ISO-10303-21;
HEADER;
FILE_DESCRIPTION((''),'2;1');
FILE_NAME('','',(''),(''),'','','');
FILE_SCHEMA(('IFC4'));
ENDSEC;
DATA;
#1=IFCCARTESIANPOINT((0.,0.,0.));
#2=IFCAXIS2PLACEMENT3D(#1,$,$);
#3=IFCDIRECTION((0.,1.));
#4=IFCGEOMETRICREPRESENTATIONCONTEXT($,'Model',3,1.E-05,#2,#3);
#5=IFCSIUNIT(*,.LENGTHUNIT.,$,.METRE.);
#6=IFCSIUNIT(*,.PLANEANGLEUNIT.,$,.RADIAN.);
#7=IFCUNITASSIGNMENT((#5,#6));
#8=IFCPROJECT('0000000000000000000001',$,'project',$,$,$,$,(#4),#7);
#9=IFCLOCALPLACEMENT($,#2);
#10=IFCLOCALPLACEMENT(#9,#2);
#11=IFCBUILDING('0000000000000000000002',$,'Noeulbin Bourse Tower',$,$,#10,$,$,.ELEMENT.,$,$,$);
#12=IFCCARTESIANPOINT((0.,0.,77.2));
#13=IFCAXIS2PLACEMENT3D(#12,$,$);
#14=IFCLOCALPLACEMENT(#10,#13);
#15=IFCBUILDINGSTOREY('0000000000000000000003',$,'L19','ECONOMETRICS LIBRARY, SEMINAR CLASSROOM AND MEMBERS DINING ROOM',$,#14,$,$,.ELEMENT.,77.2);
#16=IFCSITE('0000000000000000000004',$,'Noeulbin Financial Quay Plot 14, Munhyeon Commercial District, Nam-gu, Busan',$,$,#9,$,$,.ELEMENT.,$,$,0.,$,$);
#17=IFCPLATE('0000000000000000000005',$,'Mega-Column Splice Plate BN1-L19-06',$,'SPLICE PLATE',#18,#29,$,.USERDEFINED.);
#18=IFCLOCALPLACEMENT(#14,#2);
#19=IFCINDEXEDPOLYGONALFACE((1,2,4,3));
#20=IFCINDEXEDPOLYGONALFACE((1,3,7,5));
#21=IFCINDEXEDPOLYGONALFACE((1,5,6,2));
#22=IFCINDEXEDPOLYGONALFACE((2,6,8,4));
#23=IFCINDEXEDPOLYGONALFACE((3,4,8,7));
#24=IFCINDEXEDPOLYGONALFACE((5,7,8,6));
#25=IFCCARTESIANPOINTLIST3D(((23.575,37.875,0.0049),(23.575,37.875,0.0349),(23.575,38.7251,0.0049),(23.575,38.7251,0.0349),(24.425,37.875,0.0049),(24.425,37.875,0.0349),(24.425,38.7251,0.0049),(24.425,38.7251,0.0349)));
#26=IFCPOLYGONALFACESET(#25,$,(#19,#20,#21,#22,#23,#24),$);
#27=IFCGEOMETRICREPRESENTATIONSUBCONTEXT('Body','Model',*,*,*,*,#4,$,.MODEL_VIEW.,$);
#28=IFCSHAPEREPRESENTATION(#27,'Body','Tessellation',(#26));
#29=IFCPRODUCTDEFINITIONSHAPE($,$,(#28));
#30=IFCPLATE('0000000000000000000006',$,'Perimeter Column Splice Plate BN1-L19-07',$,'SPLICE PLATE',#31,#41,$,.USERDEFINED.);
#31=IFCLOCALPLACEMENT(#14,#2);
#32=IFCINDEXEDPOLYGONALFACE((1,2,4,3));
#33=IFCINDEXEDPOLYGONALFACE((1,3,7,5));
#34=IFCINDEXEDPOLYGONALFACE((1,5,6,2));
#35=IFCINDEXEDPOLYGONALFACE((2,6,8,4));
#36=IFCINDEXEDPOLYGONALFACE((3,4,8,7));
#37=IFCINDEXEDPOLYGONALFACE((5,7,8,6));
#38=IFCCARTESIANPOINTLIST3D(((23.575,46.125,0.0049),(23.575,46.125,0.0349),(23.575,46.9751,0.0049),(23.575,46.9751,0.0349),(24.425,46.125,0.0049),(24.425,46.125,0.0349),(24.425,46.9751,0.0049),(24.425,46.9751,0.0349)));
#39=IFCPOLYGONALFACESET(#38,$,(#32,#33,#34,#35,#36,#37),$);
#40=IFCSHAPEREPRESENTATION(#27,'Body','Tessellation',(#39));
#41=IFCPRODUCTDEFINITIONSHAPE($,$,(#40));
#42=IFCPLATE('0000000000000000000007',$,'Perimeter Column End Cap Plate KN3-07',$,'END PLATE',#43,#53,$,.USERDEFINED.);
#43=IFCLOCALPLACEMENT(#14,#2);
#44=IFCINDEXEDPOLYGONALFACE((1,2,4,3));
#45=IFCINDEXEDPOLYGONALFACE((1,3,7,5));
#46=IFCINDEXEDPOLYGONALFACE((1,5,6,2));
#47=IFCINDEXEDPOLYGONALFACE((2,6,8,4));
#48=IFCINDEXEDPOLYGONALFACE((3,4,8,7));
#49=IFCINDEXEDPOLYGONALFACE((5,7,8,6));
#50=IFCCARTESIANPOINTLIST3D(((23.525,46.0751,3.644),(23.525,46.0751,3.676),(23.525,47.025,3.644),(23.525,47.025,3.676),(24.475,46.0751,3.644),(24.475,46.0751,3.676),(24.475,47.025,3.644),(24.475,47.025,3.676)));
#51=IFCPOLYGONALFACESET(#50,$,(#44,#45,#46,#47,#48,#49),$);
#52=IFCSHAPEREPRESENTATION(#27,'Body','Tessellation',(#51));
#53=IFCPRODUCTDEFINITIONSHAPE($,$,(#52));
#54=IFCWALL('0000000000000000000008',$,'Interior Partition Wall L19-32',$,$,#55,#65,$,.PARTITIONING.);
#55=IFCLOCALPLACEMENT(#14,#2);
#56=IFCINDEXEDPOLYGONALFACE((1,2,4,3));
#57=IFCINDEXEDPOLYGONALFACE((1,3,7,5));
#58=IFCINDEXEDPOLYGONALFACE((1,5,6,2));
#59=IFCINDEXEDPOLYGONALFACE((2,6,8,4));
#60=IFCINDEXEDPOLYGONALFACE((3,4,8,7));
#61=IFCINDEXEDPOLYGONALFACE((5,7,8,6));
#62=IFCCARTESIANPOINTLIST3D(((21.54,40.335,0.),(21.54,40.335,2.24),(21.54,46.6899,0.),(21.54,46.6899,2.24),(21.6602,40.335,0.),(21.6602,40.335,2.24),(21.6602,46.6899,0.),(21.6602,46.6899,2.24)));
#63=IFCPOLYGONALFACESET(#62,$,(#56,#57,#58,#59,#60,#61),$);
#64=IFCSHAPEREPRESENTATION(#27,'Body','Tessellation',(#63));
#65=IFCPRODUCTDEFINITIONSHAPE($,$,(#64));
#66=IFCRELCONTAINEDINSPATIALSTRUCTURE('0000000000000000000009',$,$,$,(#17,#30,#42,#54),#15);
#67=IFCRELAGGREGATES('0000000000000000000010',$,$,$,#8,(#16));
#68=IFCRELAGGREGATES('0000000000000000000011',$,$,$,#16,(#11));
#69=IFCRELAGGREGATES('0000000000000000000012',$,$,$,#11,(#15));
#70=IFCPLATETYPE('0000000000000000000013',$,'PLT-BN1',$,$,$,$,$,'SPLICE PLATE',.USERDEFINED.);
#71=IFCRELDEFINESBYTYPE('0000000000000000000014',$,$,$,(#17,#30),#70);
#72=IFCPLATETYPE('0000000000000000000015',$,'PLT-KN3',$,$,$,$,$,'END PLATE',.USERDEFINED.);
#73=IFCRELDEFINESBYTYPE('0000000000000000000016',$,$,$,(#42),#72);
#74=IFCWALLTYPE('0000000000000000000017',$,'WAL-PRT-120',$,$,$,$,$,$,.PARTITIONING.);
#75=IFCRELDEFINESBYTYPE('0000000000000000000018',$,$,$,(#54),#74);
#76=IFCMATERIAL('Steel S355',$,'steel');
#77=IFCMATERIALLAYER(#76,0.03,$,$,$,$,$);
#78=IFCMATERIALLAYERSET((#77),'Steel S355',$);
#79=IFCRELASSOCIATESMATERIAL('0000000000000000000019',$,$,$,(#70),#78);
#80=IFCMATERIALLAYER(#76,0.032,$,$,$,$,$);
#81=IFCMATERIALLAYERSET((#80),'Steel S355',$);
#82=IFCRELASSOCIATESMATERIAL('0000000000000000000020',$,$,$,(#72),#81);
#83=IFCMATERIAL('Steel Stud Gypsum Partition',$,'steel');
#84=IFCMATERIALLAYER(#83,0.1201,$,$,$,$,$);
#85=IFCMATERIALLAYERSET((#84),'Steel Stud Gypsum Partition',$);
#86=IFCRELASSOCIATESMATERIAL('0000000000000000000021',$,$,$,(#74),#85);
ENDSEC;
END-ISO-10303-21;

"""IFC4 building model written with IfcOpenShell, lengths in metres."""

from ifc_helpers import new_model, si_unit, direction, frame, frame_2d, origin, origin_2d, place, context, subcontext, project, spatial, rectangle, extrude, material, layer, layer_set, type_object, element, save


model = new_model("IFC4")

# Units and contexts
model_context = context("Model", 3, precision=1e-05, world=origin(), true_north=direction((0.0, 1.0)))
body_context = subcontext(model_context, "Body", "Model", "MODEL_VIEW")
ifc_project = project(units=[si_unit("LENGTHUNIT", "METRE"), si_unit("PLANEANGLEUNIT", "RADIAN")], contexts=[model_context])

# Site, building, storey
site_placement = place(None, origin())
site = spatial("IfcSite", under=ifc_project, at=site_placement, Name="Noeulbin Financial Quay Plot 14, Munhyeon Commercial District, Nam-gu, Busan", CompositionType="ELEMENT", RefElevation=0.0)
building_placement = place(site_placement, origin())
building = spatial("IfcBuilding", under=site, at=building_placement, Name="Noeulbin Bourse Tower", CompositionType="ELEMENT")
storey_placement = place(building_placement, frame((0.0, 0.0, 77.2)))
storey = spatial("IfcBuildingStorey", under=building, at=storey_placement, Name="L19", Description="ECONOMETRICS LIBRARY, SEMINAR CLASSROOM AND MEMBERS DINING ROOM", CompositionType="ELEMENT", Elevation=77.2)

# Shared definitions
ifc_material_1 = material(Name="Steel S355", Category="steel")

# Plates
ifc_layer_1 = layer(ifc_material_1, 0.03)
ifc_layer_set_1 = layer_set([ifc_layer_1], Name="Steel S355")
plate_type_1 = type_object("IfcPlateType", Name="PLT-BN1", ElementType="SPLICE PLATE", PredefinedType="USERDEFINED", material=ifc_layer_set_1)
for number, where, z_axis, x_axis, name in (
    (1, (24.0, 38.3, 0.0049), (0.0, 0.0, 1.0), (1.0, 0.0, 0.0), "Mega-Column Splice Plate BN1-L19-06"),
    (2, (24.0, 46.55, 0.0049), (0.0, 0.0, 1.0), (1.0, 0.0, 0.0), "Perimeter Column Splice Plate BN1-L19-07"),
):
    element("IfcPlate", number, at=place(storey_placement, frame(where, z_axis=z_axis, x_axis=x_axis)), inside=storey, type_object=plate_type_1, Name=name, ObjectType="SPLICE PLATE", PredefinedType="USERDEFINED", context=body_context, shape_type="SweptSolid", body=[
        extrude(rectangle(XDim=0.8501, YDim=0.8501, at=origin_2d()), origin(), (0.0, 0.0, 1.0), 0.03),
    ])
ifc_layer_2 = layer(ifc_material_1, 0.032)
ifc_layer_set_2 = layer_set([ifc_layer_2], Name="Steel S355")
plate_type_2 = type_object("IfcPlateType", Name="PLT-KN3", ElementType="END PLATE", PredefinedType="USERDEFINED", material=ifc_layer_set_2)
plate_1_placement = place(storey_placement, frame((24.0, 46.55, 3.644), z_axis=(0.0, 0.0, 1.0), x_axis=(1.0, 0.0, 0.0)))
element("IfcPlate", 3, at=plate_1_placement, inside=storey, type_object=plate_type_2, Name="Perimeter Column End Cap Plate KN3-07", ObjectType="END PLATE", PredefinedType="USERDEFINED", context=body_context, shape_type="SweptSolid", body=[
    extrude(rectangle(XDim=0.95, YDim=0.95, at=origin_2d()), origin(), (0.0, 0.0, 1.0), 0.032),
])

# Wall
ifc_material_2 = material(Name="Steel Stud Gypsum Partition", Category="steel")
ifc_layer_3 = layer(ifc_material_2, 0.1201)
ifc_layer_set_3 = layer_set([ifc_layer_3], Name="Steel Stud Gypsum Partition")
wall_type = type_object("IfcWallType", Name="WAL-PRT-120", PredefinedType="PARTITIONING", material=ifc_layer_set_3)
wall_placement = place(storey_placement, frame((21.6001, 40.335, 0.0), z_axis=(0.0, 0.0, 1.0), x_axis=(0.0, 1.0, 0.0)))
element("IfcWall", 4, at=wall_placement, inside=storey, type_object=wall_type, Name="Interior Partition Wall L19-32", PredefinedType="PARTITIONING", context=body_context, shape_type="SweptSolid", body=[
    extrude(rectangle(XDim=6.355, YDim=0.1201, at=frame_2d((3.1775, 0.0))), origin(), (0.0, 0.0, 1.0), 2.24),
])

save(model, "model.ifc")
